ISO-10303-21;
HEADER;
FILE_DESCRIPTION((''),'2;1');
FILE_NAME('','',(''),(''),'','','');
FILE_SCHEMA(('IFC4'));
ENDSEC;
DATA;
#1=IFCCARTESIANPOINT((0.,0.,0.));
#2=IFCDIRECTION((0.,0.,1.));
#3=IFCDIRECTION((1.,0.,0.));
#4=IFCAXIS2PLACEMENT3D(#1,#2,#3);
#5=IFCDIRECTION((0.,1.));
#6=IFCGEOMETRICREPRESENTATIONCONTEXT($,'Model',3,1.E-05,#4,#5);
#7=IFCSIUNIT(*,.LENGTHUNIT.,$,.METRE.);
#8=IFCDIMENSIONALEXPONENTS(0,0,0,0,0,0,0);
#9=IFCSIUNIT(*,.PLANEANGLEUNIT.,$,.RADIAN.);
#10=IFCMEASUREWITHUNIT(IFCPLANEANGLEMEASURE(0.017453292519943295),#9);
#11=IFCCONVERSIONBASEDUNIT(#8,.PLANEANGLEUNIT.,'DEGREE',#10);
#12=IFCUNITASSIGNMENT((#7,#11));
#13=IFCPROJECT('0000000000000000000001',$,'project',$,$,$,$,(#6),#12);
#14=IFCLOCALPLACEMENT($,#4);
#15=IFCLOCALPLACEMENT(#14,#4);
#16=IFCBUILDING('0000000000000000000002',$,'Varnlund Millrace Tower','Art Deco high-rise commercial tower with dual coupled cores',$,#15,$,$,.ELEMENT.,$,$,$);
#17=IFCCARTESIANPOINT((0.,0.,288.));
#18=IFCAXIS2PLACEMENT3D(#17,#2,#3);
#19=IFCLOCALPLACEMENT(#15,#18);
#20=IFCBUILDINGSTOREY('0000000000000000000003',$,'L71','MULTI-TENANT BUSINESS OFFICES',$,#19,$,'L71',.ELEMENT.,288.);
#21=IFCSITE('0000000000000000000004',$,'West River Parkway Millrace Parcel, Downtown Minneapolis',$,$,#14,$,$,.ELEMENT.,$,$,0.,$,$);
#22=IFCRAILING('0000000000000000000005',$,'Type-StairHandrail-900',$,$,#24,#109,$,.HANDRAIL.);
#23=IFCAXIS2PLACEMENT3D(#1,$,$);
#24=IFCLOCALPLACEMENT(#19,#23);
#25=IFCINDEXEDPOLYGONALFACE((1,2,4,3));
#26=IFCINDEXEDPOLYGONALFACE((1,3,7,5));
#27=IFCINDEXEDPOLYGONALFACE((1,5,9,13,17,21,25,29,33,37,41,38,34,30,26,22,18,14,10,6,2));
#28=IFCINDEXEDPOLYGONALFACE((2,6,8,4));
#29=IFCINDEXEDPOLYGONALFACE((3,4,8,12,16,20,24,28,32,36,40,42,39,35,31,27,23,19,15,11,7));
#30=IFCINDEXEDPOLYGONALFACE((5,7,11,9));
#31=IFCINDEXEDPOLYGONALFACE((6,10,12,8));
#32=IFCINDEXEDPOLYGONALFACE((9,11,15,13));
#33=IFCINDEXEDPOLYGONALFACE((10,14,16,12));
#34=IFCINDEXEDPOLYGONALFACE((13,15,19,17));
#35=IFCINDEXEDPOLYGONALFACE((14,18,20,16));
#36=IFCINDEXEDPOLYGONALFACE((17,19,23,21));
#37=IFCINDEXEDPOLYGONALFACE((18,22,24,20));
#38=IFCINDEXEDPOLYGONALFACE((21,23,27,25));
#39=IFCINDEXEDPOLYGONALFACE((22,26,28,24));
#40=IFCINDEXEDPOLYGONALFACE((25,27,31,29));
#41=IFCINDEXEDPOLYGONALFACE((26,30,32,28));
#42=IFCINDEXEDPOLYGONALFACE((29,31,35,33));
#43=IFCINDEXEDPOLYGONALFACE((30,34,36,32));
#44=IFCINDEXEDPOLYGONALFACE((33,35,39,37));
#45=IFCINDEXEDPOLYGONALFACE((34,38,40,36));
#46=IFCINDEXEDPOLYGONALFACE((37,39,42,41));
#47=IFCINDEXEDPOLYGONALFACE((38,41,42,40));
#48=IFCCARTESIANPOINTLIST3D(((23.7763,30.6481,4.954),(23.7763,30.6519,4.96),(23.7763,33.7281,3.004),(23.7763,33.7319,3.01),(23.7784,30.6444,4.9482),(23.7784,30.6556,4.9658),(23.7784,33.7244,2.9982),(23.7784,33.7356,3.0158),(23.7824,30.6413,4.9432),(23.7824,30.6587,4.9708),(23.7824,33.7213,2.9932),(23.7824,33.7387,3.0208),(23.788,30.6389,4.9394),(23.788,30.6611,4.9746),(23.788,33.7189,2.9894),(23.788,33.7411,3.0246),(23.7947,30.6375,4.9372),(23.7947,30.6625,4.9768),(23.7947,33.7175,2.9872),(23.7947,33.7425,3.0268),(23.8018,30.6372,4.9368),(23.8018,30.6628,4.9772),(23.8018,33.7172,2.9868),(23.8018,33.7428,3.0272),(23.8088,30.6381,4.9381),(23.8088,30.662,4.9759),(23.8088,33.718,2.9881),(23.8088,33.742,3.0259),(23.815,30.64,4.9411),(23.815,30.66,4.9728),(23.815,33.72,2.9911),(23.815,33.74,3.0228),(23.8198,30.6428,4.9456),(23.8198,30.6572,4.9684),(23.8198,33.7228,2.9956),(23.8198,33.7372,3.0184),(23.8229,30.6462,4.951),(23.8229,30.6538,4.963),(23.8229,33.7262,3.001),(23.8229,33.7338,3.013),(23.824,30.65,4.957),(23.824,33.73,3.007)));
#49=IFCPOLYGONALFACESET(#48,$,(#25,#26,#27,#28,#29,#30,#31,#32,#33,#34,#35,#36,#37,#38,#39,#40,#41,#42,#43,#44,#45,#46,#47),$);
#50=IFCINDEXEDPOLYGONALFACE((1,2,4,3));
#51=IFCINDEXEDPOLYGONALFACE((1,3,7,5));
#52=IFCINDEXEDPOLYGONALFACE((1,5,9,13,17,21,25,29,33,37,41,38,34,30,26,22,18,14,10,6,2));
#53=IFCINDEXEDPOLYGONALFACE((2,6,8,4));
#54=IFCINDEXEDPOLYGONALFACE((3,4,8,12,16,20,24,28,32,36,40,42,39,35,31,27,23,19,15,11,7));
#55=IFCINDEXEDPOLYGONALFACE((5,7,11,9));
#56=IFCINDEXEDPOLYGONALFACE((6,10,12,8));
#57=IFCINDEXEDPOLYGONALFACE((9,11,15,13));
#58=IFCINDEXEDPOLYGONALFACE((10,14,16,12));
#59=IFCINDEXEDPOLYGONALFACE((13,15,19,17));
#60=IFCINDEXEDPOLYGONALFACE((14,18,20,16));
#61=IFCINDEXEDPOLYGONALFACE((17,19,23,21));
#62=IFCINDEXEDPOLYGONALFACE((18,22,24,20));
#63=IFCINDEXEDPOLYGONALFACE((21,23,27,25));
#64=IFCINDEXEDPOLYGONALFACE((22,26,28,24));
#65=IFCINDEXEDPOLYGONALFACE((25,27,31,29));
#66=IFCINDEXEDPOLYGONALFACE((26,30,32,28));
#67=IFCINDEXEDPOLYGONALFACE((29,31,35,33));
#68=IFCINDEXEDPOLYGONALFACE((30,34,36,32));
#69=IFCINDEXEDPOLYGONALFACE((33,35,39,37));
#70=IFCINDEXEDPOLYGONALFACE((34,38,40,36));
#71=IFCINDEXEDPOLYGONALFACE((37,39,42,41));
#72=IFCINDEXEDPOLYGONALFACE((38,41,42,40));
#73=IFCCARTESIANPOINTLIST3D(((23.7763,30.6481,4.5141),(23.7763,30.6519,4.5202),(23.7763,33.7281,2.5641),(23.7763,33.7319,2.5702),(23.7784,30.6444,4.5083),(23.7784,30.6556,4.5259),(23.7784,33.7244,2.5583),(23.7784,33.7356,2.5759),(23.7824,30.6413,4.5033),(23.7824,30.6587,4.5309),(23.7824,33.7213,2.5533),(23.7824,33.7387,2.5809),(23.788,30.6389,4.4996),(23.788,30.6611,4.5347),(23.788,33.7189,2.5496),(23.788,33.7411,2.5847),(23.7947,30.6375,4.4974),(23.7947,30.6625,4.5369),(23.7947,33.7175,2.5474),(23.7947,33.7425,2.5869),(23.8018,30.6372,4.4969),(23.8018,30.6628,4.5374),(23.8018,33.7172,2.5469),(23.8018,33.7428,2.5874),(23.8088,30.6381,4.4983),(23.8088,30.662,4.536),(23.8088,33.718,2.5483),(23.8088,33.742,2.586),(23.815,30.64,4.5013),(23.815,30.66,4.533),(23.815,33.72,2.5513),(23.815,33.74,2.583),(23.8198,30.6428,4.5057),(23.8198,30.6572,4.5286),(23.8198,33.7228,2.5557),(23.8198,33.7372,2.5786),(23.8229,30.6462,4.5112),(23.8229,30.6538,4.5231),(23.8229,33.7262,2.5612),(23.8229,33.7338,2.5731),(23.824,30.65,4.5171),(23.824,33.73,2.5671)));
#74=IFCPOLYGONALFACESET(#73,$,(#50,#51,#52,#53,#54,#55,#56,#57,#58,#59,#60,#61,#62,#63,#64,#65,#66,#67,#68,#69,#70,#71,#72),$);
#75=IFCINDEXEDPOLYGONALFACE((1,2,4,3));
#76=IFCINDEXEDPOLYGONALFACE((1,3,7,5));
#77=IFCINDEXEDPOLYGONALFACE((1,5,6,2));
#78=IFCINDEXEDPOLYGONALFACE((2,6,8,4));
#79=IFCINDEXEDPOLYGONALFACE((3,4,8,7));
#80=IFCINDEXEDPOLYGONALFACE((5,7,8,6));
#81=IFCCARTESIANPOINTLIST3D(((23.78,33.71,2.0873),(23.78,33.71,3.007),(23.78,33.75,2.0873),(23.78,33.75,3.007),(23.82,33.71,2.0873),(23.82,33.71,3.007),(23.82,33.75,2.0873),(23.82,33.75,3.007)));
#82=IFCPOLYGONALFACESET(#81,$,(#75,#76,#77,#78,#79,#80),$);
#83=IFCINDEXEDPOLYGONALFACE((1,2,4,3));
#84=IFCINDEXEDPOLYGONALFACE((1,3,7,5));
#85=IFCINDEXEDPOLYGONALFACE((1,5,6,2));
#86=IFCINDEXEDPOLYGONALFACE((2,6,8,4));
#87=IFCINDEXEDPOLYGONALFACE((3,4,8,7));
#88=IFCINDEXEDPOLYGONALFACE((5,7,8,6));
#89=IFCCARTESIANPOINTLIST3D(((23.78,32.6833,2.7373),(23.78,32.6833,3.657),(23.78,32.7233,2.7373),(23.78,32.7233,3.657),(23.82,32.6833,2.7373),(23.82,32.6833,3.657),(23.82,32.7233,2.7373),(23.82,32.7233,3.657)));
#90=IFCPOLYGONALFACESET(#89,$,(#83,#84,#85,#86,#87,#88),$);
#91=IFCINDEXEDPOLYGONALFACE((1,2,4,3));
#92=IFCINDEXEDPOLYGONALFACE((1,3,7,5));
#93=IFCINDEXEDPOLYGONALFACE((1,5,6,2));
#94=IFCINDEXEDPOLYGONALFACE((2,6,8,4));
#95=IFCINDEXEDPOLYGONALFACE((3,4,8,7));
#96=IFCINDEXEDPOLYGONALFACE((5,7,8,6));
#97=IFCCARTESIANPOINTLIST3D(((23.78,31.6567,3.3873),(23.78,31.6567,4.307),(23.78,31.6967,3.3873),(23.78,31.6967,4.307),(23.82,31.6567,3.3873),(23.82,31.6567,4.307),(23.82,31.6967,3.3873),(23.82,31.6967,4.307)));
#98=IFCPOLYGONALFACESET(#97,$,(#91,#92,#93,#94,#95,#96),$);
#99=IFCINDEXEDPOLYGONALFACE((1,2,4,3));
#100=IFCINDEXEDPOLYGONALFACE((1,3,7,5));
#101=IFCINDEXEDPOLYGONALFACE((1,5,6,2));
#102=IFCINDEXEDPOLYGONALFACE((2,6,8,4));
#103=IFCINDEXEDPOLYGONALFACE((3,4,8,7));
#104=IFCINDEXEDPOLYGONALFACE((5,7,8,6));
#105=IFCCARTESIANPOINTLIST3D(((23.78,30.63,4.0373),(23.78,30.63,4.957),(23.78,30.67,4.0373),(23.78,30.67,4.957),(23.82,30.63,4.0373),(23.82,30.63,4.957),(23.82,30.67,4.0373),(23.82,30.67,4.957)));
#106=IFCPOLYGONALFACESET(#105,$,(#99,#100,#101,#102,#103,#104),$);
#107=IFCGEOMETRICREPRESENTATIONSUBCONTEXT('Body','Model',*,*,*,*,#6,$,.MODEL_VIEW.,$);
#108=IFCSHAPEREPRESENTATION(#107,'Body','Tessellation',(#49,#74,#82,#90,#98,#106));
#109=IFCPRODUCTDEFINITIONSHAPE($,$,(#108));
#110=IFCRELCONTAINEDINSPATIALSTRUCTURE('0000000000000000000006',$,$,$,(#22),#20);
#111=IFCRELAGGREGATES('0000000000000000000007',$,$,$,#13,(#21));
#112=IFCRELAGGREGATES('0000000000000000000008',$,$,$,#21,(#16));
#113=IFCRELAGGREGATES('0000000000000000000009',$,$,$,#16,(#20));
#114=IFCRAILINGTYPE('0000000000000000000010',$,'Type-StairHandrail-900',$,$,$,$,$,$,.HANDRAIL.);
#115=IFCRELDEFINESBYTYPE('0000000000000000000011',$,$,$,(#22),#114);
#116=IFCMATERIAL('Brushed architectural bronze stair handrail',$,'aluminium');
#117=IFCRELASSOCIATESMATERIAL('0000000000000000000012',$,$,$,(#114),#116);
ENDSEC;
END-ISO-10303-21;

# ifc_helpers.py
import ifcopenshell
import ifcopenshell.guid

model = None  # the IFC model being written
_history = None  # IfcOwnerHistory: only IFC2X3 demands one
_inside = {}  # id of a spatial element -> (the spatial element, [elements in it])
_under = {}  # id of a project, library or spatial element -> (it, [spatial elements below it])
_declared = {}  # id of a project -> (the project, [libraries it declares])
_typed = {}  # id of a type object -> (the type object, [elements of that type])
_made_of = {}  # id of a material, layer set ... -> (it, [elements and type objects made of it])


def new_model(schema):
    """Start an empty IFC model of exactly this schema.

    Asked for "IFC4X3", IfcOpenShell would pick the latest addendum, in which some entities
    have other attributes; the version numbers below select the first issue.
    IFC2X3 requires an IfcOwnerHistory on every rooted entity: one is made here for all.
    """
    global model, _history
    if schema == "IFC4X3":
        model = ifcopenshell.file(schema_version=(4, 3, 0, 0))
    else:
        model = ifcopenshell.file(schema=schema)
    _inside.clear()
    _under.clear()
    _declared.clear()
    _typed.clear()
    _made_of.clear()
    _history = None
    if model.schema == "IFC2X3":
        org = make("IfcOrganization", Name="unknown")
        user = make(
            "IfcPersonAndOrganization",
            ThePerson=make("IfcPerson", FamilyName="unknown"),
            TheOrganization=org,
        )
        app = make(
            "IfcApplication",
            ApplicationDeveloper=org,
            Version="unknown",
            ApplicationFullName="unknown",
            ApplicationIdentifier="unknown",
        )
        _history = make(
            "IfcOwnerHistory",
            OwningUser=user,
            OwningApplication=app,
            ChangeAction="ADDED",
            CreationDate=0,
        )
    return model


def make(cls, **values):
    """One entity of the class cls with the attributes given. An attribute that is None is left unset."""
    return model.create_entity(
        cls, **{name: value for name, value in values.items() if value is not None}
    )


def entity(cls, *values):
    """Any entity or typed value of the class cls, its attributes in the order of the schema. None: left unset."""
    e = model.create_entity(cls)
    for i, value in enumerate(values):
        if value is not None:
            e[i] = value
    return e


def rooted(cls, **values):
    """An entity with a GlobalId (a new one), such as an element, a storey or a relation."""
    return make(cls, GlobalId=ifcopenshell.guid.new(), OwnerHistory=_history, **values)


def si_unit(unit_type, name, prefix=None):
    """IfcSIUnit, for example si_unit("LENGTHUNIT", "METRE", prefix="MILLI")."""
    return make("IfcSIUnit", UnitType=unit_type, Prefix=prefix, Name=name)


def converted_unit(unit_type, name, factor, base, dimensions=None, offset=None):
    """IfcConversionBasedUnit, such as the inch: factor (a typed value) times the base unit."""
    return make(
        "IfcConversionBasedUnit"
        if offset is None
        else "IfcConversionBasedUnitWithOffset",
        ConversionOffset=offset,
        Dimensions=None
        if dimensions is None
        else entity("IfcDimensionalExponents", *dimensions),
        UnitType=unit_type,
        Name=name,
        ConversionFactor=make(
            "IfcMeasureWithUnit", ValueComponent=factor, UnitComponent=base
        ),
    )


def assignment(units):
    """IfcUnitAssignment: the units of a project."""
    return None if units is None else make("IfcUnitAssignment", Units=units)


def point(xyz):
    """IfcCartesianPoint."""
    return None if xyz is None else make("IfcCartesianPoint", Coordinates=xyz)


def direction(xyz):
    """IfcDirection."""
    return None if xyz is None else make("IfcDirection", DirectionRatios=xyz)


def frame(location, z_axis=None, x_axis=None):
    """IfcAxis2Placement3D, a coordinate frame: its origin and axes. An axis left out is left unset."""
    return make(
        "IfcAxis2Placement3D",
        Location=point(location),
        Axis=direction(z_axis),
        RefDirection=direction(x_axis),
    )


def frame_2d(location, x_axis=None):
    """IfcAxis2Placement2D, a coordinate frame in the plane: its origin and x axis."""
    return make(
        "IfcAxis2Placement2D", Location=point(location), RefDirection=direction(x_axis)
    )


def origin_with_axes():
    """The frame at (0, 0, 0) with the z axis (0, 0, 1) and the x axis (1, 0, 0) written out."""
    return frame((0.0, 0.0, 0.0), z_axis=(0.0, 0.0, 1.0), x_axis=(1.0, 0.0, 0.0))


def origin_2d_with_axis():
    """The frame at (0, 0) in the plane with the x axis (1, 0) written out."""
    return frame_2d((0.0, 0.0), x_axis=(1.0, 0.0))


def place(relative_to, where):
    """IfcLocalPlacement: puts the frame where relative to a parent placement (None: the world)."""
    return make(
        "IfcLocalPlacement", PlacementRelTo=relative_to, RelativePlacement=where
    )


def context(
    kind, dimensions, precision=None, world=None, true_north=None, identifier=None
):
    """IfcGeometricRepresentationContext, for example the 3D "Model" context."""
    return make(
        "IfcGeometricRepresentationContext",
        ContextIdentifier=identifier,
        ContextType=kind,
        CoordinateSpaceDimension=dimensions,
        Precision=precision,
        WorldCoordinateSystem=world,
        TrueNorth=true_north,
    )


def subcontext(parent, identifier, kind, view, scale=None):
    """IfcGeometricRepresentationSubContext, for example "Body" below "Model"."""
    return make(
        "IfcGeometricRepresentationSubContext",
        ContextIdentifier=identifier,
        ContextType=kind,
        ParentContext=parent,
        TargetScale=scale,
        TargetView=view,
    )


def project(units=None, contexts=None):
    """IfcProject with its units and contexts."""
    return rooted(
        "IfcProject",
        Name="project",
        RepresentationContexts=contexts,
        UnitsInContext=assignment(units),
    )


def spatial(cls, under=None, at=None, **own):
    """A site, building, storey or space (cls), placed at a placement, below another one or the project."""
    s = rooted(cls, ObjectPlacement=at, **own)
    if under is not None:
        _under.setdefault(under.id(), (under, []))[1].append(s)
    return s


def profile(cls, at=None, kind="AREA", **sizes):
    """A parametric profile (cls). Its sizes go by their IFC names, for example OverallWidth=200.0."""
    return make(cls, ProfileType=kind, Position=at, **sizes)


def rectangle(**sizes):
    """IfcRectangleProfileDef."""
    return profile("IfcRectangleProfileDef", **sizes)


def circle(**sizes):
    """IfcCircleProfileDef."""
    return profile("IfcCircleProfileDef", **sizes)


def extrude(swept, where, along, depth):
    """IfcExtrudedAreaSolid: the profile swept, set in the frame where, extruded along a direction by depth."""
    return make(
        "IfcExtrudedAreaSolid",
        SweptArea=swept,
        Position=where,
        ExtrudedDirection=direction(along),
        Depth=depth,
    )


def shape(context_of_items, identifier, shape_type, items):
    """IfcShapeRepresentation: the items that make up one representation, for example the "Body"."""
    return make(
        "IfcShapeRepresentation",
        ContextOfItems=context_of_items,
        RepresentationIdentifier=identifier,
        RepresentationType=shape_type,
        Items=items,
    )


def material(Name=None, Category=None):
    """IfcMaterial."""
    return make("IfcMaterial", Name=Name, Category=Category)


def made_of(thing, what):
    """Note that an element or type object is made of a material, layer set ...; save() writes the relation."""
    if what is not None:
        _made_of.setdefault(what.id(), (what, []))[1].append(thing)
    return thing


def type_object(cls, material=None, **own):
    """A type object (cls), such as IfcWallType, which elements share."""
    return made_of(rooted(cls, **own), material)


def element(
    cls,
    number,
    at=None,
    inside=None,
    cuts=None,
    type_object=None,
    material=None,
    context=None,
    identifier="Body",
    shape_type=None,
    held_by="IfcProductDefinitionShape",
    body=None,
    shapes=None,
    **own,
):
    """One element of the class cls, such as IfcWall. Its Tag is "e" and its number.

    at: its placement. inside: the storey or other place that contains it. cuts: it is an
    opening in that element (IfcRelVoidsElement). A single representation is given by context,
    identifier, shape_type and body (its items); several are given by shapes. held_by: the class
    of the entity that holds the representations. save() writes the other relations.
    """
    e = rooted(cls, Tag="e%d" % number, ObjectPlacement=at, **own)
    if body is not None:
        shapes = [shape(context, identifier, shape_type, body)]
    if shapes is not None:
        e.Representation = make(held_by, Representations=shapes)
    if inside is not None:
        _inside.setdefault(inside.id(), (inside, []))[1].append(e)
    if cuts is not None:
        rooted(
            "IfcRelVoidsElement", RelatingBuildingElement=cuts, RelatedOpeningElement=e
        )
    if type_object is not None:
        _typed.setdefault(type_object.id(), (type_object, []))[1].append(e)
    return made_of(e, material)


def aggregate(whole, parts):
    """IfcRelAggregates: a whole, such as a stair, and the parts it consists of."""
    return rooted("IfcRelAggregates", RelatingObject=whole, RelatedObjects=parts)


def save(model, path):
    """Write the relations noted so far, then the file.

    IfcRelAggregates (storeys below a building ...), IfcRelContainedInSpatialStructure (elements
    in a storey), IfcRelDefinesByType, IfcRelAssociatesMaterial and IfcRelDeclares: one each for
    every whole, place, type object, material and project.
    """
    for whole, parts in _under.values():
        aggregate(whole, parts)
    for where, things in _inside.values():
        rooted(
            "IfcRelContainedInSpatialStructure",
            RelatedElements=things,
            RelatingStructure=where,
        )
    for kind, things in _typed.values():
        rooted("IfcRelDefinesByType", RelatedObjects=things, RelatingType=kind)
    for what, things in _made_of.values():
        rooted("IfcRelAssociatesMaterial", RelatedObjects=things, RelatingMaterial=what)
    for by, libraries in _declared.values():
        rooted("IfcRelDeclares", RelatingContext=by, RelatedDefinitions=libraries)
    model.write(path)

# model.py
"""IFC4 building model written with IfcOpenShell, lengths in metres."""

from ifc_helpers import new_model, entity, si_unit, converted_unit, direction, frame, origin_with_axes, origin_2d_with_axis, place, context, subcontext, project, spatial, rectangle, circle, extrude, material, type_object, element, save


model = new_model("IFC4")

# Units and contexts
model_context = context("Model", 3, precision=1e-05, world=origin_with_axes(), true_north=direction((0.0, 1.0)))
body_context = subcontext(model_context, "Body", "Model", "MODEL_VIEW")
ifc_project = project(units=[si_unit("LENGTHUNIT", "METRE"), converted_unit("PLANEANGLEUNIT", "DEGREE", entity("IfcPlaneAngleMeasure", 0.017453292519943295), si_unit("PLANEANGLEUNIT", "RADIAN"), dimensions=[0, 0, 0, 0, 0, 0, 0])], contexts=[model_context])

# Site, building, storey
site_placement = place(None, origin_with_axes())
site = spatial("IfcSite", under=ifc_project, at=site_placement, Name="West River Parkway Millrace Parcel, Downtown Minneapolis", CompositionType="ELEMENT", RefElevation=0.0)
building_placement = place(site_placement, origin_with_axes())
building = spatial("IfcBuilding", under=site, at=building_placement, Name="Varnlund Millrace Tower", Description="Art Deco high-rise commercial tower with dual coupled cores", CompositionType="ELEMENT")
storey_placement = place(building_placement, frame((0.0, 0.0, 288.0), z_axis=(0.0, 0.0, 1.0), x_axis=(1.0, 0.0, 0.0)))
storey = spatial("IfcBuildingStorey", under=building, at=storey_placement, Name="L71", Description="MULTI-TENANT BUSINESS OFFICES", LongName="L71", CompositionType="ELEMENT", Elevation=288.0)

# Railing
ifc_material_1 = material(Name="Brushed architectural bronze stair handrail", Category="aluminium")
railing_type_1 = type_object("IfcRailingType", Name="Type-StairHandrail-900", PredefinedType="HANDRAIL", material=ifc_material_1)
railing_1_placement = place(storey_placement, frame((0.0, 0.0, -288.0), z_axis=(0.0, 0.0, 1.0), x_axis=(1.0, 0.0, 0.0)))
element("IfcRailing", 1, at=railing_1_placement, inside=storey, type_object=railing_type_1, Name="Type-StairHandrail-900", PredefinedType="HANDRAIL", context=body_context, shape_type="SweptSolid", body=[
    extrude(circle(Radius=0.024, at=origin_2d_with_axis()), frame((23.8, 33.73, 291.007), z_axis=(0.0, -0.844902, 0.534922), x_axis=(1.0, 0.0, 0.0)), (0.0, 0.0, 1.0), 3.6454),
    extrude(circle(Radius=0.024, at=origin_2d_with_axis()), frame((23.8, 33.73, 290.5671), z_axis=(0.0, -0.844902, 0.534922), x_axis=(1.0, 0.0, 0.0)), (0.0, 0.0, 1.0), 3.6454),
    extrude(rectangle(XDim=0.04, YDim=0.04, at=origin_2d_with_axis()), frame((23.8, 33.73, 290.0873), z_axis=(0.0, 0.0, 1.0), x_axis=(1.0, 0.0, 0.0)), (0.0, 0.0, 1.0), 0.9197),
    extrude(rectangle(XDim=0.04, YDim=0.04, at=origin_2d_with_axis()), frame((23.8, 32.7033, 290.7373), z_axis=(0.0, 0.0, 1.0), x_axis=(1.0, 0.0, 0.0)), (0.0, 0.0, 1.0), 0.9197),
    extrude(rectangle(XDim=0.04, YDim=0.04, at=origin_2d_with_axis()), frame((23.8, 31.6767, 291.3873), z_axis=(0.0, 0.0, 1.0), x_axis=(1.0, 0.0, 0.0)), (0.0, 0.0, 1.0), 0.9197),
    extrude(rectangle(XDim=0.04, YDim=0.04, at=origin_2d_with_axis()), frame((23.8, 30.65, 292.0373), z_axis=(0.0, 0.0, 1.0), x_axis=(1.0, 0.0, 0.0)), (0.0, 0.0, 1.0), 0.9197),
])

save(model, "model.ifc")
